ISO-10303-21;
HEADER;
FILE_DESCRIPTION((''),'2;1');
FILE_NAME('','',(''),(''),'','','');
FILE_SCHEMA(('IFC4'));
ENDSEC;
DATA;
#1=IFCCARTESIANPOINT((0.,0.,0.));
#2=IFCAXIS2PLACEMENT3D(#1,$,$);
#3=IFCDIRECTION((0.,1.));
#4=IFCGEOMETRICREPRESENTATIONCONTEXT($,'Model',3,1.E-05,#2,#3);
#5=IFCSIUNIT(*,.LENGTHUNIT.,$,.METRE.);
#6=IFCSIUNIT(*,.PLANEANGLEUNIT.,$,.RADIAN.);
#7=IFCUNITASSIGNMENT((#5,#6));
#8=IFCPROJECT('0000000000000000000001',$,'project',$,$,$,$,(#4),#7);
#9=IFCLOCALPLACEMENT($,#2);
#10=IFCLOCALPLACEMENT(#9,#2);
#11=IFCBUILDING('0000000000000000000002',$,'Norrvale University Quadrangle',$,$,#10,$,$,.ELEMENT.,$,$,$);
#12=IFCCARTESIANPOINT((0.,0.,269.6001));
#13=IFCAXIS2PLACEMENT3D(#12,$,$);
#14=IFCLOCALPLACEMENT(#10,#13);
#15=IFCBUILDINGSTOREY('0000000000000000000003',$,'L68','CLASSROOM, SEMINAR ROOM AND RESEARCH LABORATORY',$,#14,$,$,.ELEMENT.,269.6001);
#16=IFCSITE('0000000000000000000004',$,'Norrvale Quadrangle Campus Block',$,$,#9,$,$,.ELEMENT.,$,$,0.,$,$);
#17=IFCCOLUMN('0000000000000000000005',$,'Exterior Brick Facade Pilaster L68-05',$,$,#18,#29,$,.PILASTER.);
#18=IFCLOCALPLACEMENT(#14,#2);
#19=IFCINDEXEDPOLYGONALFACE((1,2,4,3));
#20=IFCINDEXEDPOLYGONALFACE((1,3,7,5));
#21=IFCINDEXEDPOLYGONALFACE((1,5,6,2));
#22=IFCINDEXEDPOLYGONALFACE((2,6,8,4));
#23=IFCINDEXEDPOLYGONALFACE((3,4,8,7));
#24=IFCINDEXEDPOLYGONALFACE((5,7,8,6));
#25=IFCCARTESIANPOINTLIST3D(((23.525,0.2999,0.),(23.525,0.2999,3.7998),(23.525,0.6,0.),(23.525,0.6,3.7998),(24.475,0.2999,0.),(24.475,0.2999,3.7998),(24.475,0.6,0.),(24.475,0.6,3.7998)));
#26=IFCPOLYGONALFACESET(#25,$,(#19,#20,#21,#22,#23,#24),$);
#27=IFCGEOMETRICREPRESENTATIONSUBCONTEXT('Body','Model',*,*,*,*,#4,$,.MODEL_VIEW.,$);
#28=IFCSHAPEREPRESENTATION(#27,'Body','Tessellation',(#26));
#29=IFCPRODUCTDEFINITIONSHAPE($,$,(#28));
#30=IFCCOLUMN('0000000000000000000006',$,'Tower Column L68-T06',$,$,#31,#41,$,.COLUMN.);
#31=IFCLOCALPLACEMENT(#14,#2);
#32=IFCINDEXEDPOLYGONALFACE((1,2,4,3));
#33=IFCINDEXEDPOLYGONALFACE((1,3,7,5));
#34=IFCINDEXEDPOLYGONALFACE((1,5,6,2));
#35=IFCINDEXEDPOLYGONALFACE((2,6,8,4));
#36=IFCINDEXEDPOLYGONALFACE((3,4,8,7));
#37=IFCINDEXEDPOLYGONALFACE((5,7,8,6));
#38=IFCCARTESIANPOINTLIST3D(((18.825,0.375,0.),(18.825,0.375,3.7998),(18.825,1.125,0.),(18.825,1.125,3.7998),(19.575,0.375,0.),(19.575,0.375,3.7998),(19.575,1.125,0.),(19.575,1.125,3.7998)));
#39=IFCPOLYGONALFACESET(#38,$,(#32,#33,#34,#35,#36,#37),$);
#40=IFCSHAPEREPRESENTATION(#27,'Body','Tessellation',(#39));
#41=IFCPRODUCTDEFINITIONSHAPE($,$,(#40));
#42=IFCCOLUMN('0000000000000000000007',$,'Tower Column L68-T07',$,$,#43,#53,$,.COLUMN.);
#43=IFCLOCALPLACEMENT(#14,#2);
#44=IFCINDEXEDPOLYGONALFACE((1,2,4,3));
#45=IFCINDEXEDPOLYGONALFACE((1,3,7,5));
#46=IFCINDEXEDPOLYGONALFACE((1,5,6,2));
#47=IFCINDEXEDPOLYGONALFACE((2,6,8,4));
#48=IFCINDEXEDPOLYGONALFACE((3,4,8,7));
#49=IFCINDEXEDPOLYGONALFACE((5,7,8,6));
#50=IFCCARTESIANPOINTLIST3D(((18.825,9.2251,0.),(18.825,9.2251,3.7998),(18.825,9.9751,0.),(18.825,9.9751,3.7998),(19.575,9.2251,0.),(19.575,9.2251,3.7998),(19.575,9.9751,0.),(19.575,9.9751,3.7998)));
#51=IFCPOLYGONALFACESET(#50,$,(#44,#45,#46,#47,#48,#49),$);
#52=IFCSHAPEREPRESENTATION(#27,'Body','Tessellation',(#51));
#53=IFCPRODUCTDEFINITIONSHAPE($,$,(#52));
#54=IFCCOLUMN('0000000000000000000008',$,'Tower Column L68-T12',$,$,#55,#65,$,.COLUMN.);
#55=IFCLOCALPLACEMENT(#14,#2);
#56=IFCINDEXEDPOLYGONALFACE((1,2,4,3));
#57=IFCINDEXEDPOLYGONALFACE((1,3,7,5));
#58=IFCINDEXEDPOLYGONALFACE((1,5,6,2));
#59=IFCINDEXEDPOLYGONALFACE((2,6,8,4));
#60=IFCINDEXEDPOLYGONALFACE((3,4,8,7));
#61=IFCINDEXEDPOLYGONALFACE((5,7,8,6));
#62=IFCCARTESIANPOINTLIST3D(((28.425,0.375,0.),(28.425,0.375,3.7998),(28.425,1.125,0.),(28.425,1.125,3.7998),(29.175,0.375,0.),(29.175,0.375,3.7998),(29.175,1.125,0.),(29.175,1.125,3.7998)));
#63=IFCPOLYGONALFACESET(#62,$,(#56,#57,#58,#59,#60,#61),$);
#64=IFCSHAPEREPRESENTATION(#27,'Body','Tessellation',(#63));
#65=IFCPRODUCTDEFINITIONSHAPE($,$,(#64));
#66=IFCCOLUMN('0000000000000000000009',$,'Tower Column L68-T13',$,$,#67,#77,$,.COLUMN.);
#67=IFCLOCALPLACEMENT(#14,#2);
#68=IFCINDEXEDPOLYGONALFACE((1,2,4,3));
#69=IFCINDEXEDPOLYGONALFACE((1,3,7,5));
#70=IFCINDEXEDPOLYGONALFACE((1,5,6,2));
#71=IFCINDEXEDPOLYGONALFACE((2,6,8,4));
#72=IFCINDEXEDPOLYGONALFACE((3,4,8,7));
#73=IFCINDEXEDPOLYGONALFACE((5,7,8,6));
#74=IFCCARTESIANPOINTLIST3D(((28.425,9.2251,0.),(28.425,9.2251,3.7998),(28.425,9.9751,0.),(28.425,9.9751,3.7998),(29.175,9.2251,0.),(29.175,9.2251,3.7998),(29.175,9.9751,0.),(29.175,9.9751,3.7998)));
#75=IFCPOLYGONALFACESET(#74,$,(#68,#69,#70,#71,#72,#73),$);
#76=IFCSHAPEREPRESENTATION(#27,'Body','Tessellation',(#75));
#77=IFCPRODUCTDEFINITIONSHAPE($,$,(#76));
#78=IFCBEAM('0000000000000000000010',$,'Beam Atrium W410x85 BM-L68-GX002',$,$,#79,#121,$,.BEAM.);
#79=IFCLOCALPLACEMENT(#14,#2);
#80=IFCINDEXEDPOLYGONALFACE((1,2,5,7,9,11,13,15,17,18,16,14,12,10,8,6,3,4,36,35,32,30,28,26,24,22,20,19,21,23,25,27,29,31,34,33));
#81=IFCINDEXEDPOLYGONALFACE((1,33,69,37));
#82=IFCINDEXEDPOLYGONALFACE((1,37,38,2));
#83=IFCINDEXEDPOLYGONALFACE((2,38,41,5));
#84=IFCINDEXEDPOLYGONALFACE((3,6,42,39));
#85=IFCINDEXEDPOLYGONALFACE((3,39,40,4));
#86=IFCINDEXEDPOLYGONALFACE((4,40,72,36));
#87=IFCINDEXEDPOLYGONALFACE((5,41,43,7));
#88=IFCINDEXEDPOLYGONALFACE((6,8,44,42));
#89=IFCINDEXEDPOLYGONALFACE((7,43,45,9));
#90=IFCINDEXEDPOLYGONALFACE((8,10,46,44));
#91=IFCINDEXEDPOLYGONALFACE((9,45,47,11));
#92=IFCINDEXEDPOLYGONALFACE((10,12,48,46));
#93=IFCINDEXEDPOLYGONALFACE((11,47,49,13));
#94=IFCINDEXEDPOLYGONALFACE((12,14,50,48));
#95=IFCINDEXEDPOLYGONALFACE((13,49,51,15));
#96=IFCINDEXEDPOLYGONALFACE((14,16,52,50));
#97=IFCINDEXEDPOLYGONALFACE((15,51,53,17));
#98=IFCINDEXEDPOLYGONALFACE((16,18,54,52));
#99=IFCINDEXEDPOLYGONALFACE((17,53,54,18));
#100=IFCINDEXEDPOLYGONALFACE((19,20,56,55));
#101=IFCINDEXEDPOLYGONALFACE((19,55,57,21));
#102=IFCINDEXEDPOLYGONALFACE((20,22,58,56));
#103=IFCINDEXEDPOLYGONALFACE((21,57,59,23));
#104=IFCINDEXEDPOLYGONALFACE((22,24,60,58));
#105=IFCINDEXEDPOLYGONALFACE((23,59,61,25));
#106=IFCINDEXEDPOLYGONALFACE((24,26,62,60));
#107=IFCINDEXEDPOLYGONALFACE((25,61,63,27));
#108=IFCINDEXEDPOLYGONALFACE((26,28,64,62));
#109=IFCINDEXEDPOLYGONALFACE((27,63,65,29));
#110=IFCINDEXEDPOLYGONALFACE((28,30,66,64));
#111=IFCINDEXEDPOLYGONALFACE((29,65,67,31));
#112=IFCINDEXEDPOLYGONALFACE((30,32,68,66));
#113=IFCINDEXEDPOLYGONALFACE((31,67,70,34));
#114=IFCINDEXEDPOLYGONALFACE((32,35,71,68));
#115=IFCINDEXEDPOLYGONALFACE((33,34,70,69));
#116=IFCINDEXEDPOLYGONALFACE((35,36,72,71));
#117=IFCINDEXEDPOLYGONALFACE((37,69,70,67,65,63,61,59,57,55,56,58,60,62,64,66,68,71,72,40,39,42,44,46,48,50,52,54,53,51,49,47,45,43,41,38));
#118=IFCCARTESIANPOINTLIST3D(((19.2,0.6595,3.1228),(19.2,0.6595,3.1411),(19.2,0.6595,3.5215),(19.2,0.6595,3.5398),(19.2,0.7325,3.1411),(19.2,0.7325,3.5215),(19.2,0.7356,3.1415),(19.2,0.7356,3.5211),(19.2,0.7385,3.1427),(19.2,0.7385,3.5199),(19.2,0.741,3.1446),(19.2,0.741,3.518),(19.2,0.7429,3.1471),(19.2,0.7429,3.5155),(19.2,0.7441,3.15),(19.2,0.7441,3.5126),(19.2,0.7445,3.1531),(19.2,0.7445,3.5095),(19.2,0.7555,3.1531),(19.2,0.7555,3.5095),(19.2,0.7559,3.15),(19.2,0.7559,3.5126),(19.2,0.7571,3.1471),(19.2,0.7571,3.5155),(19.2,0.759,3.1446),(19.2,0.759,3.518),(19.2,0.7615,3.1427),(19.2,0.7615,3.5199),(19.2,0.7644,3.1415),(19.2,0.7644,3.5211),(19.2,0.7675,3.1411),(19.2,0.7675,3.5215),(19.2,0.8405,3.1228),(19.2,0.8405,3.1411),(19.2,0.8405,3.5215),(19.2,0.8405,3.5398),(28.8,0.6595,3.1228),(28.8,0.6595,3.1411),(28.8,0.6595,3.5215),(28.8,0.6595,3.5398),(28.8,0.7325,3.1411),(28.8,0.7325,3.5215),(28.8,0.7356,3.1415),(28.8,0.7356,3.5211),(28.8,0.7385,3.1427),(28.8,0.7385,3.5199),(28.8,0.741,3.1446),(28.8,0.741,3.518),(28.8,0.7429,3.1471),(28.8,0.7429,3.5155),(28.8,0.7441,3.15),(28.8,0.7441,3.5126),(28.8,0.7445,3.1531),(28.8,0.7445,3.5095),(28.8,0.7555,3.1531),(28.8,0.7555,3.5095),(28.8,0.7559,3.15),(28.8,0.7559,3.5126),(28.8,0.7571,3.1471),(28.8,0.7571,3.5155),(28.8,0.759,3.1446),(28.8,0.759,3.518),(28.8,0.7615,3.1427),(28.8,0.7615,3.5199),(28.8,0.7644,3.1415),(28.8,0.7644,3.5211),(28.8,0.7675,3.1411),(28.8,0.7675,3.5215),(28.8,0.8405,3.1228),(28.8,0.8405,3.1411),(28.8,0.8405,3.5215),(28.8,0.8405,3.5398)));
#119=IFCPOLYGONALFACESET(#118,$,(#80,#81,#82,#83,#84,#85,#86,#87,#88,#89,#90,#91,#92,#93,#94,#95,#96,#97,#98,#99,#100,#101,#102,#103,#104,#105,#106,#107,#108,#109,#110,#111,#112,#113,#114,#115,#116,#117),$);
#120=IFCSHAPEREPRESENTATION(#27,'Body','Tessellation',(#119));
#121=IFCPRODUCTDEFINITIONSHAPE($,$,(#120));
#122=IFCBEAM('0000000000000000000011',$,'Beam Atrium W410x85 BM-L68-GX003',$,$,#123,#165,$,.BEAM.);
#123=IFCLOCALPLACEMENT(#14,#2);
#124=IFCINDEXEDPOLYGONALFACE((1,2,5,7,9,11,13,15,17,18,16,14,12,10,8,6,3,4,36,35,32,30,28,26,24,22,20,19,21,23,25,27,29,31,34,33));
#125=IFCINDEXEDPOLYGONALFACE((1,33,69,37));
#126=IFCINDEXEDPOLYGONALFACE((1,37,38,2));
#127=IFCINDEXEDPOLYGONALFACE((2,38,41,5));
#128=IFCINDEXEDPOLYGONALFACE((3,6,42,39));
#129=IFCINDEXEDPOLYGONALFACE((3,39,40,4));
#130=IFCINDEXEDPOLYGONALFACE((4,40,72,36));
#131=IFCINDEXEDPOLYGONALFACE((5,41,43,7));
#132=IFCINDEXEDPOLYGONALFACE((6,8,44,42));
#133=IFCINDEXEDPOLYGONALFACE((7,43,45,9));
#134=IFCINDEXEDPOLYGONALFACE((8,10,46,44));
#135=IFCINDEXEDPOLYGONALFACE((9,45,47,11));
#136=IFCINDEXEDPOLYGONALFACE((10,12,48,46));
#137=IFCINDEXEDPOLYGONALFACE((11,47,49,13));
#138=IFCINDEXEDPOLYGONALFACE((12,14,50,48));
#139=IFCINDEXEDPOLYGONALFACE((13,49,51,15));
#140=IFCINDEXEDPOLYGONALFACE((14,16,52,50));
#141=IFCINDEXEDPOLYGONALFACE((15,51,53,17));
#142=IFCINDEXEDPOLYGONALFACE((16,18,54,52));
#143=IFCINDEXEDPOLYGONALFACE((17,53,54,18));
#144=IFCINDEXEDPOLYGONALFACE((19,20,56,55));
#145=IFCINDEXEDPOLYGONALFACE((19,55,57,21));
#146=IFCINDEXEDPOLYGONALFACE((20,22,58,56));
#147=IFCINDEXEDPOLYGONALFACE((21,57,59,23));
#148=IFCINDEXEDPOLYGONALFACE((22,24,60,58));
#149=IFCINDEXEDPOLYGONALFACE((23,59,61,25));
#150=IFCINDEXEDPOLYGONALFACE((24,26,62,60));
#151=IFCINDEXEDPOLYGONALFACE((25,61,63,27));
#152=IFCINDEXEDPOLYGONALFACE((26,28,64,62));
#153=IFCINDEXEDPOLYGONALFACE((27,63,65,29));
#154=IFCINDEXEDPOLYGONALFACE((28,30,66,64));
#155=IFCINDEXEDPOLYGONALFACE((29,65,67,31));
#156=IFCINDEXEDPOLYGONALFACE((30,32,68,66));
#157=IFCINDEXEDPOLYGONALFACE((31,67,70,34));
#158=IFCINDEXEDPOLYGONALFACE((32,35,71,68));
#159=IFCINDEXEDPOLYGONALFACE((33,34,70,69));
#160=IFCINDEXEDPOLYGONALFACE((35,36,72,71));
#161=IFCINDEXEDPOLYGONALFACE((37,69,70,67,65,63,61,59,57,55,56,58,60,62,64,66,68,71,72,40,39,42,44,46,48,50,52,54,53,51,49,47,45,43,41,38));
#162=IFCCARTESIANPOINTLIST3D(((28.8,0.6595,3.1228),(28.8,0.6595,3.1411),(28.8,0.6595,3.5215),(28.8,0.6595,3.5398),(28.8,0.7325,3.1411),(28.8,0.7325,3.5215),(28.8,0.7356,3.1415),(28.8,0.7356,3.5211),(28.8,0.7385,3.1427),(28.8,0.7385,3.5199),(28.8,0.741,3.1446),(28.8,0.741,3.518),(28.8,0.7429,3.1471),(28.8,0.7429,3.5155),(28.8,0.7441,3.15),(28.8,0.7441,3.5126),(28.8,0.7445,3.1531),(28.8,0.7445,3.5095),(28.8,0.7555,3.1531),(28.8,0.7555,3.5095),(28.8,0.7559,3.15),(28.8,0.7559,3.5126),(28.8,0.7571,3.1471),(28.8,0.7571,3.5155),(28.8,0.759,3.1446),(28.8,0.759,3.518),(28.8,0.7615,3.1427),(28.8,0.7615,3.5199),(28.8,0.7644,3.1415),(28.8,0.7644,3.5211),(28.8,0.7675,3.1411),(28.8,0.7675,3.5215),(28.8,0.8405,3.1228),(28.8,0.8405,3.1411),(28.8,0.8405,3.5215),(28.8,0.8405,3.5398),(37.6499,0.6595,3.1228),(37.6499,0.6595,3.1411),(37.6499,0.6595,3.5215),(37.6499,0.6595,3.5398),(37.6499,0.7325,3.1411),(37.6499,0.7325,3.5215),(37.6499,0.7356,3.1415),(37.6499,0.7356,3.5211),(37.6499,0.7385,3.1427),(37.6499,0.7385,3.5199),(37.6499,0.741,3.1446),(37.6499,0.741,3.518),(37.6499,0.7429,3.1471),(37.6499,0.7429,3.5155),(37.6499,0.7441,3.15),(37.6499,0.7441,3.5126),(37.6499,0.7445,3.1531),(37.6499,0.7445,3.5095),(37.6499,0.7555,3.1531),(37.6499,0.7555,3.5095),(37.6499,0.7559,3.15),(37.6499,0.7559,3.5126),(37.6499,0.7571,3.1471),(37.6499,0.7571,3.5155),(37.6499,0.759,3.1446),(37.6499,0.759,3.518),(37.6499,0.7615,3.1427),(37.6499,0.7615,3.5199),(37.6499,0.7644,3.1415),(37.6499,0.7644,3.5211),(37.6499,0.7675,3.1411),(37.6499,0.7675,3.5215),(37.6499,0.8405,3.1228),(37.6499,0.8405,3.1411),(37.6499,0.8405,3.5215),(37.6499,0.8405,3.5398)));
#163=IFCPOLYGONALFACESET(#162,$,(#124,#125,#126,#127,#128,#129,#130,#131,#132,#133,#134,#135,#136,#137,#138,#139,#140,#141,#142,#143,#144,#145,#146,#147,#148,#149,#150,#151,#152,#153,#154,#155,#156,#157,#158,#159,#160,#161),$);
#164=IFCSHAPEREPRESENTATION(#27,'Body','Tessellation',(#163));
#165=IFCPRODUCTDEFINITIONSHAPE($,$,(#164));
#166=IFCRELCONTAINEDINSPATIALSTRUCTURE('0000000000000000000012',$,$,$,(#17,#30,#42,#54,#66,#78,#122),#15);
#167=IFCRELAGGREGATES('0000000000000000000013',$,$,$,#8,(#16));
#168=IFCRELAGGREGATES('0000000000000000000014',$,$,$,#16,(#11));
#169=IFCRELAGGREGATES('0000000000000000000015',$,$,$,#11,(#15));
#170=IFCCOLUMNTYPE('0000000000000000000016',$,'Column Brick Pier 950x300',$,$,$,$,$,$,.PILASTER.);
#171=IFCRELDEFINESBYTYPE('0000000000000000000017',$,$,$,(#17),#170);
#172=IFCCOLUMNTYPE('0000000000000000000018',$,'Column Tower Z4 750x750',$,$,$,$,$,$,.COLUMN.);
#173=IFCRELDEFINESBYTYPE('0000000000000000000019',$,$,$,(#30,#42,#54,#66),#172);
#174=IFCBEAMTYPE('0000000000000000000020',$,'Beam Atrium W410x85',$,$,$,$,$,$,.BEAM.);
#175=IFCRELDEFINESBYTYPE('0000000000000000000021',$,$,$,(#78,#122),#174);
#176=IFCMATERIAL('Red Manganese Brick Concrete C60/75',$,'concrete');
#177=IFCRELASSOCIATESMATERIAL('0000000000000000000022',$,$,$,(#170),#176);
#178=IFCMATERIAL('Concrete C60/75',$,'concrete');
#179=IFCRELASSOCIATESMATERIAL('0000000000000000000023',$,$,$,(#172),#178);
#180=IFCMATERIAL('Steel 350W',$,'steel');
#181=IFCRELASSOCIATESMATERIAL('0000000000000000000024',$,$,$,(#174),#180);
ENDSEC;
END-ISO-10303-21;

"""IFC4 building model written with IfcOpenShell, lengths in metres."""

from ifc_helpers import new_model, si_unit, direction, frame, origin, origin_2d, place, context, subcontext, project, spatial, rectangle, i_section, extrude, material, material_profile, profile_set, type_object, element, save


model = new_model("IFC4")

# Units and contexts
model_context = context("Model", 3, precision=1e-05, world=origin(), true_north=direction((0.0, 1.0)))
body_context = subcontext(model_context, "Body", "Model", "MODEL_VIEW")
ifc_project = project(units=[si_unit("LENGTHUNIT", "METRE"), si_unit("PLANEANGLEUNIT", "RADIAN")], contexts=[model_context])

# Site, building, storey
site_placement = place(None, origin())
site = spatial("IfcSite", under=ifc_project, at=site_placement, Name="Norrvale Quadrangle Campus Block", CompositionType="ELEMENT", RefElevation=0.0)
building_placement = place(site_placement, origin())
building = spatial("IfcBuilding", under=site, at=building_placement, Name="Norrvale University Quadrangle", CompositionType="ELEMENT")
storey_placement = place(building_placement, frame((0.0, 0.0, 269.6001)))
storey = spatial("IfcBuildingStorey", under=building, at=storey_placement, Name="L68", Description="CLASSROOM, SEMINAR ROOM AND RESEARCH LABORATORY", CompositionType="ELEMENT", Elevation=269.6001)

# Columns
ifc_material_1 = material(Name="Red Manganese Brick Concrete C60/75", Category="concrete")
ifc_material_profile_1 = material_profile(ifc_material_1, rectangle(XDim=0.95, YDim=0.3, at=origin_2d()), Name="Red Manganese Brick Concrete C60/75")
ifc_profile_set_1 = profile_set([ifc_material_profile_1], Name="Red Manganese Brick Concrete C60/75")
column_type_1 = type_object("IfcColumnType", Name="Column Brick Pier 950x300", PredefinedType="PILASTER", material=ifc_profile_set_1)
column_placement = place(storey_placement, frame((24.0, 0.45, 0.0), z_axis=(0.0, 0.0, 1.0), x_axis=(1.0, 0.0, 0.0)))
element("IfcColumn", 1, at=column_placement, inside=storey, type_object=column_type_1, Name="Exterior Brick Facade Pilaster L68-05", PredefinedType="PILASTER", context=body_context, shape_type="SweptSolid", body=[
    extrude(rectangle(XDim=0.95, YDim=0.3, at=origin_2d()), origin(), (0.0, 0.0, 1.0), 3.7998),
])
ifc_material_2 = material(Name="Concrete C60/75", Category="concrete")
ifc_material_profile_2 = material_profile(ifc_material_2, rectangle(XDim=0.75, YDim=0.75, at=origin_2d()), Name="Concrete C60/75")
ifc_profile_set_2 = profile_set([ifc_material_profile_2], Name="Concrete C60/75")
column_type_2 = type_object("IfcColumnType", Name="Column Tower Z4 750x750", PredefinedType="COLUMN", material=ifc_profile_set_2)
for number, where, z_axis, x_axis, name in (
    (2, (19.2, 0.75, 0.0), (0.0, 0.0, 1.0), (1.0, 0.0, 0.0), "Tower Column L68-T06"),
    (3, (19.2, 9.6001, 0.0), (0.0, 0.0, 1.0), (1.0, 0.0, 0.0), "Tower Column L68-T07"),
    (4, (28.8, 0.75, 0.0), (0.0, 0.0, 1.0), (1.0, 0.0, 0.0), "Tower Column L68-T12"),
    (5, (28.8, 9.6001, 0.0), (0.0, 0.0, 1.0), (1.0, 0.0, 0.0), "Tower Column L68-T13"),
):
    element("IfcColumn", number, at=place(storey_placement, frame(where, z_axis=z_axis, x_axis=x_axis)), inside=storey, type_object=column_type_2, Name=name, PredefinedType="COLUMN", context=body_context, shape_type="SweptSolid", body=[
        extrude(rectangle(XDim=0.75, YDim=0.75, at=origin_2d()), origin(), (0.0, 0.0, 1.0), 3.7998),
    ])

# Beams
ifc_material_3 = material(Name="Steel 350W", Category="steel")
ifc_material_profile_3 = material_profile(ifc_material_3, i_section(OverallWidth=0.1809, OverallDepth=0.417, WebThickness=0.011, FlangeThickness=0.0183, FilletRadius=0.012, at=origin_2d()), Name="Steel 350W")
ifc_profile_set_3 = profile_set([ifc_material_profile_3], Name="Steel 350W")
beam_type_1 = type_object("IfcBeamType", Name="Beam Atrium W410x85", PredefinedType="BEAM", material=ifc_profile_set_3)
beam_1_placement = place(storey_placement, frame((19.2, 0.75, 3.3313), z_axis=(1.0, 0.0, 0.0), x_axis=(0.0, 1.0, 0.0)))
element("IfcBeam", 6, at=beam_1_placement, inside=storey, type_object=beam_type_1, Name="Beam Atrium W410x85 BM-L68-GX002", PredefinedType="BEAM", context=body_context, shape_type="SweptSolid", body=[
    extrude(i_section(OverallWidth=0.1809, OverallDepth=0.417, WebThickness=0.011, FlangeThickness=0.0183, FilletRadius=0.012, at=origin_2d()), origin(), (0.0, 0.0, 1.0), 9.6001),
])
beam_2_placement = place(storey_placement, frame((28.8, 0.75, 3.3313), z_axis=(1.0, 0.0, 0.0), x_axis=(0.0, 1.0, 0.0)))
element("IfcBeam", 7, at=beam_2_placement, inside=storey, type_object=beam_type_1, Name="Beam Atrium W410x85 BM-L68-GX003", PredefinedType="BEAM", context=body_context, shape_type="SweptSolid", body=[
    extrude(i_section(OverallWidth=0.1809, OverallDepth=0.417, WebThickness=0.011, FlangeThickness=0.0183, FilletRadius=0.012, at=origin_2d()), origin(), (0.0, 0.0, 1.0), 8.8499),
])

save(model, "model.ifc")
